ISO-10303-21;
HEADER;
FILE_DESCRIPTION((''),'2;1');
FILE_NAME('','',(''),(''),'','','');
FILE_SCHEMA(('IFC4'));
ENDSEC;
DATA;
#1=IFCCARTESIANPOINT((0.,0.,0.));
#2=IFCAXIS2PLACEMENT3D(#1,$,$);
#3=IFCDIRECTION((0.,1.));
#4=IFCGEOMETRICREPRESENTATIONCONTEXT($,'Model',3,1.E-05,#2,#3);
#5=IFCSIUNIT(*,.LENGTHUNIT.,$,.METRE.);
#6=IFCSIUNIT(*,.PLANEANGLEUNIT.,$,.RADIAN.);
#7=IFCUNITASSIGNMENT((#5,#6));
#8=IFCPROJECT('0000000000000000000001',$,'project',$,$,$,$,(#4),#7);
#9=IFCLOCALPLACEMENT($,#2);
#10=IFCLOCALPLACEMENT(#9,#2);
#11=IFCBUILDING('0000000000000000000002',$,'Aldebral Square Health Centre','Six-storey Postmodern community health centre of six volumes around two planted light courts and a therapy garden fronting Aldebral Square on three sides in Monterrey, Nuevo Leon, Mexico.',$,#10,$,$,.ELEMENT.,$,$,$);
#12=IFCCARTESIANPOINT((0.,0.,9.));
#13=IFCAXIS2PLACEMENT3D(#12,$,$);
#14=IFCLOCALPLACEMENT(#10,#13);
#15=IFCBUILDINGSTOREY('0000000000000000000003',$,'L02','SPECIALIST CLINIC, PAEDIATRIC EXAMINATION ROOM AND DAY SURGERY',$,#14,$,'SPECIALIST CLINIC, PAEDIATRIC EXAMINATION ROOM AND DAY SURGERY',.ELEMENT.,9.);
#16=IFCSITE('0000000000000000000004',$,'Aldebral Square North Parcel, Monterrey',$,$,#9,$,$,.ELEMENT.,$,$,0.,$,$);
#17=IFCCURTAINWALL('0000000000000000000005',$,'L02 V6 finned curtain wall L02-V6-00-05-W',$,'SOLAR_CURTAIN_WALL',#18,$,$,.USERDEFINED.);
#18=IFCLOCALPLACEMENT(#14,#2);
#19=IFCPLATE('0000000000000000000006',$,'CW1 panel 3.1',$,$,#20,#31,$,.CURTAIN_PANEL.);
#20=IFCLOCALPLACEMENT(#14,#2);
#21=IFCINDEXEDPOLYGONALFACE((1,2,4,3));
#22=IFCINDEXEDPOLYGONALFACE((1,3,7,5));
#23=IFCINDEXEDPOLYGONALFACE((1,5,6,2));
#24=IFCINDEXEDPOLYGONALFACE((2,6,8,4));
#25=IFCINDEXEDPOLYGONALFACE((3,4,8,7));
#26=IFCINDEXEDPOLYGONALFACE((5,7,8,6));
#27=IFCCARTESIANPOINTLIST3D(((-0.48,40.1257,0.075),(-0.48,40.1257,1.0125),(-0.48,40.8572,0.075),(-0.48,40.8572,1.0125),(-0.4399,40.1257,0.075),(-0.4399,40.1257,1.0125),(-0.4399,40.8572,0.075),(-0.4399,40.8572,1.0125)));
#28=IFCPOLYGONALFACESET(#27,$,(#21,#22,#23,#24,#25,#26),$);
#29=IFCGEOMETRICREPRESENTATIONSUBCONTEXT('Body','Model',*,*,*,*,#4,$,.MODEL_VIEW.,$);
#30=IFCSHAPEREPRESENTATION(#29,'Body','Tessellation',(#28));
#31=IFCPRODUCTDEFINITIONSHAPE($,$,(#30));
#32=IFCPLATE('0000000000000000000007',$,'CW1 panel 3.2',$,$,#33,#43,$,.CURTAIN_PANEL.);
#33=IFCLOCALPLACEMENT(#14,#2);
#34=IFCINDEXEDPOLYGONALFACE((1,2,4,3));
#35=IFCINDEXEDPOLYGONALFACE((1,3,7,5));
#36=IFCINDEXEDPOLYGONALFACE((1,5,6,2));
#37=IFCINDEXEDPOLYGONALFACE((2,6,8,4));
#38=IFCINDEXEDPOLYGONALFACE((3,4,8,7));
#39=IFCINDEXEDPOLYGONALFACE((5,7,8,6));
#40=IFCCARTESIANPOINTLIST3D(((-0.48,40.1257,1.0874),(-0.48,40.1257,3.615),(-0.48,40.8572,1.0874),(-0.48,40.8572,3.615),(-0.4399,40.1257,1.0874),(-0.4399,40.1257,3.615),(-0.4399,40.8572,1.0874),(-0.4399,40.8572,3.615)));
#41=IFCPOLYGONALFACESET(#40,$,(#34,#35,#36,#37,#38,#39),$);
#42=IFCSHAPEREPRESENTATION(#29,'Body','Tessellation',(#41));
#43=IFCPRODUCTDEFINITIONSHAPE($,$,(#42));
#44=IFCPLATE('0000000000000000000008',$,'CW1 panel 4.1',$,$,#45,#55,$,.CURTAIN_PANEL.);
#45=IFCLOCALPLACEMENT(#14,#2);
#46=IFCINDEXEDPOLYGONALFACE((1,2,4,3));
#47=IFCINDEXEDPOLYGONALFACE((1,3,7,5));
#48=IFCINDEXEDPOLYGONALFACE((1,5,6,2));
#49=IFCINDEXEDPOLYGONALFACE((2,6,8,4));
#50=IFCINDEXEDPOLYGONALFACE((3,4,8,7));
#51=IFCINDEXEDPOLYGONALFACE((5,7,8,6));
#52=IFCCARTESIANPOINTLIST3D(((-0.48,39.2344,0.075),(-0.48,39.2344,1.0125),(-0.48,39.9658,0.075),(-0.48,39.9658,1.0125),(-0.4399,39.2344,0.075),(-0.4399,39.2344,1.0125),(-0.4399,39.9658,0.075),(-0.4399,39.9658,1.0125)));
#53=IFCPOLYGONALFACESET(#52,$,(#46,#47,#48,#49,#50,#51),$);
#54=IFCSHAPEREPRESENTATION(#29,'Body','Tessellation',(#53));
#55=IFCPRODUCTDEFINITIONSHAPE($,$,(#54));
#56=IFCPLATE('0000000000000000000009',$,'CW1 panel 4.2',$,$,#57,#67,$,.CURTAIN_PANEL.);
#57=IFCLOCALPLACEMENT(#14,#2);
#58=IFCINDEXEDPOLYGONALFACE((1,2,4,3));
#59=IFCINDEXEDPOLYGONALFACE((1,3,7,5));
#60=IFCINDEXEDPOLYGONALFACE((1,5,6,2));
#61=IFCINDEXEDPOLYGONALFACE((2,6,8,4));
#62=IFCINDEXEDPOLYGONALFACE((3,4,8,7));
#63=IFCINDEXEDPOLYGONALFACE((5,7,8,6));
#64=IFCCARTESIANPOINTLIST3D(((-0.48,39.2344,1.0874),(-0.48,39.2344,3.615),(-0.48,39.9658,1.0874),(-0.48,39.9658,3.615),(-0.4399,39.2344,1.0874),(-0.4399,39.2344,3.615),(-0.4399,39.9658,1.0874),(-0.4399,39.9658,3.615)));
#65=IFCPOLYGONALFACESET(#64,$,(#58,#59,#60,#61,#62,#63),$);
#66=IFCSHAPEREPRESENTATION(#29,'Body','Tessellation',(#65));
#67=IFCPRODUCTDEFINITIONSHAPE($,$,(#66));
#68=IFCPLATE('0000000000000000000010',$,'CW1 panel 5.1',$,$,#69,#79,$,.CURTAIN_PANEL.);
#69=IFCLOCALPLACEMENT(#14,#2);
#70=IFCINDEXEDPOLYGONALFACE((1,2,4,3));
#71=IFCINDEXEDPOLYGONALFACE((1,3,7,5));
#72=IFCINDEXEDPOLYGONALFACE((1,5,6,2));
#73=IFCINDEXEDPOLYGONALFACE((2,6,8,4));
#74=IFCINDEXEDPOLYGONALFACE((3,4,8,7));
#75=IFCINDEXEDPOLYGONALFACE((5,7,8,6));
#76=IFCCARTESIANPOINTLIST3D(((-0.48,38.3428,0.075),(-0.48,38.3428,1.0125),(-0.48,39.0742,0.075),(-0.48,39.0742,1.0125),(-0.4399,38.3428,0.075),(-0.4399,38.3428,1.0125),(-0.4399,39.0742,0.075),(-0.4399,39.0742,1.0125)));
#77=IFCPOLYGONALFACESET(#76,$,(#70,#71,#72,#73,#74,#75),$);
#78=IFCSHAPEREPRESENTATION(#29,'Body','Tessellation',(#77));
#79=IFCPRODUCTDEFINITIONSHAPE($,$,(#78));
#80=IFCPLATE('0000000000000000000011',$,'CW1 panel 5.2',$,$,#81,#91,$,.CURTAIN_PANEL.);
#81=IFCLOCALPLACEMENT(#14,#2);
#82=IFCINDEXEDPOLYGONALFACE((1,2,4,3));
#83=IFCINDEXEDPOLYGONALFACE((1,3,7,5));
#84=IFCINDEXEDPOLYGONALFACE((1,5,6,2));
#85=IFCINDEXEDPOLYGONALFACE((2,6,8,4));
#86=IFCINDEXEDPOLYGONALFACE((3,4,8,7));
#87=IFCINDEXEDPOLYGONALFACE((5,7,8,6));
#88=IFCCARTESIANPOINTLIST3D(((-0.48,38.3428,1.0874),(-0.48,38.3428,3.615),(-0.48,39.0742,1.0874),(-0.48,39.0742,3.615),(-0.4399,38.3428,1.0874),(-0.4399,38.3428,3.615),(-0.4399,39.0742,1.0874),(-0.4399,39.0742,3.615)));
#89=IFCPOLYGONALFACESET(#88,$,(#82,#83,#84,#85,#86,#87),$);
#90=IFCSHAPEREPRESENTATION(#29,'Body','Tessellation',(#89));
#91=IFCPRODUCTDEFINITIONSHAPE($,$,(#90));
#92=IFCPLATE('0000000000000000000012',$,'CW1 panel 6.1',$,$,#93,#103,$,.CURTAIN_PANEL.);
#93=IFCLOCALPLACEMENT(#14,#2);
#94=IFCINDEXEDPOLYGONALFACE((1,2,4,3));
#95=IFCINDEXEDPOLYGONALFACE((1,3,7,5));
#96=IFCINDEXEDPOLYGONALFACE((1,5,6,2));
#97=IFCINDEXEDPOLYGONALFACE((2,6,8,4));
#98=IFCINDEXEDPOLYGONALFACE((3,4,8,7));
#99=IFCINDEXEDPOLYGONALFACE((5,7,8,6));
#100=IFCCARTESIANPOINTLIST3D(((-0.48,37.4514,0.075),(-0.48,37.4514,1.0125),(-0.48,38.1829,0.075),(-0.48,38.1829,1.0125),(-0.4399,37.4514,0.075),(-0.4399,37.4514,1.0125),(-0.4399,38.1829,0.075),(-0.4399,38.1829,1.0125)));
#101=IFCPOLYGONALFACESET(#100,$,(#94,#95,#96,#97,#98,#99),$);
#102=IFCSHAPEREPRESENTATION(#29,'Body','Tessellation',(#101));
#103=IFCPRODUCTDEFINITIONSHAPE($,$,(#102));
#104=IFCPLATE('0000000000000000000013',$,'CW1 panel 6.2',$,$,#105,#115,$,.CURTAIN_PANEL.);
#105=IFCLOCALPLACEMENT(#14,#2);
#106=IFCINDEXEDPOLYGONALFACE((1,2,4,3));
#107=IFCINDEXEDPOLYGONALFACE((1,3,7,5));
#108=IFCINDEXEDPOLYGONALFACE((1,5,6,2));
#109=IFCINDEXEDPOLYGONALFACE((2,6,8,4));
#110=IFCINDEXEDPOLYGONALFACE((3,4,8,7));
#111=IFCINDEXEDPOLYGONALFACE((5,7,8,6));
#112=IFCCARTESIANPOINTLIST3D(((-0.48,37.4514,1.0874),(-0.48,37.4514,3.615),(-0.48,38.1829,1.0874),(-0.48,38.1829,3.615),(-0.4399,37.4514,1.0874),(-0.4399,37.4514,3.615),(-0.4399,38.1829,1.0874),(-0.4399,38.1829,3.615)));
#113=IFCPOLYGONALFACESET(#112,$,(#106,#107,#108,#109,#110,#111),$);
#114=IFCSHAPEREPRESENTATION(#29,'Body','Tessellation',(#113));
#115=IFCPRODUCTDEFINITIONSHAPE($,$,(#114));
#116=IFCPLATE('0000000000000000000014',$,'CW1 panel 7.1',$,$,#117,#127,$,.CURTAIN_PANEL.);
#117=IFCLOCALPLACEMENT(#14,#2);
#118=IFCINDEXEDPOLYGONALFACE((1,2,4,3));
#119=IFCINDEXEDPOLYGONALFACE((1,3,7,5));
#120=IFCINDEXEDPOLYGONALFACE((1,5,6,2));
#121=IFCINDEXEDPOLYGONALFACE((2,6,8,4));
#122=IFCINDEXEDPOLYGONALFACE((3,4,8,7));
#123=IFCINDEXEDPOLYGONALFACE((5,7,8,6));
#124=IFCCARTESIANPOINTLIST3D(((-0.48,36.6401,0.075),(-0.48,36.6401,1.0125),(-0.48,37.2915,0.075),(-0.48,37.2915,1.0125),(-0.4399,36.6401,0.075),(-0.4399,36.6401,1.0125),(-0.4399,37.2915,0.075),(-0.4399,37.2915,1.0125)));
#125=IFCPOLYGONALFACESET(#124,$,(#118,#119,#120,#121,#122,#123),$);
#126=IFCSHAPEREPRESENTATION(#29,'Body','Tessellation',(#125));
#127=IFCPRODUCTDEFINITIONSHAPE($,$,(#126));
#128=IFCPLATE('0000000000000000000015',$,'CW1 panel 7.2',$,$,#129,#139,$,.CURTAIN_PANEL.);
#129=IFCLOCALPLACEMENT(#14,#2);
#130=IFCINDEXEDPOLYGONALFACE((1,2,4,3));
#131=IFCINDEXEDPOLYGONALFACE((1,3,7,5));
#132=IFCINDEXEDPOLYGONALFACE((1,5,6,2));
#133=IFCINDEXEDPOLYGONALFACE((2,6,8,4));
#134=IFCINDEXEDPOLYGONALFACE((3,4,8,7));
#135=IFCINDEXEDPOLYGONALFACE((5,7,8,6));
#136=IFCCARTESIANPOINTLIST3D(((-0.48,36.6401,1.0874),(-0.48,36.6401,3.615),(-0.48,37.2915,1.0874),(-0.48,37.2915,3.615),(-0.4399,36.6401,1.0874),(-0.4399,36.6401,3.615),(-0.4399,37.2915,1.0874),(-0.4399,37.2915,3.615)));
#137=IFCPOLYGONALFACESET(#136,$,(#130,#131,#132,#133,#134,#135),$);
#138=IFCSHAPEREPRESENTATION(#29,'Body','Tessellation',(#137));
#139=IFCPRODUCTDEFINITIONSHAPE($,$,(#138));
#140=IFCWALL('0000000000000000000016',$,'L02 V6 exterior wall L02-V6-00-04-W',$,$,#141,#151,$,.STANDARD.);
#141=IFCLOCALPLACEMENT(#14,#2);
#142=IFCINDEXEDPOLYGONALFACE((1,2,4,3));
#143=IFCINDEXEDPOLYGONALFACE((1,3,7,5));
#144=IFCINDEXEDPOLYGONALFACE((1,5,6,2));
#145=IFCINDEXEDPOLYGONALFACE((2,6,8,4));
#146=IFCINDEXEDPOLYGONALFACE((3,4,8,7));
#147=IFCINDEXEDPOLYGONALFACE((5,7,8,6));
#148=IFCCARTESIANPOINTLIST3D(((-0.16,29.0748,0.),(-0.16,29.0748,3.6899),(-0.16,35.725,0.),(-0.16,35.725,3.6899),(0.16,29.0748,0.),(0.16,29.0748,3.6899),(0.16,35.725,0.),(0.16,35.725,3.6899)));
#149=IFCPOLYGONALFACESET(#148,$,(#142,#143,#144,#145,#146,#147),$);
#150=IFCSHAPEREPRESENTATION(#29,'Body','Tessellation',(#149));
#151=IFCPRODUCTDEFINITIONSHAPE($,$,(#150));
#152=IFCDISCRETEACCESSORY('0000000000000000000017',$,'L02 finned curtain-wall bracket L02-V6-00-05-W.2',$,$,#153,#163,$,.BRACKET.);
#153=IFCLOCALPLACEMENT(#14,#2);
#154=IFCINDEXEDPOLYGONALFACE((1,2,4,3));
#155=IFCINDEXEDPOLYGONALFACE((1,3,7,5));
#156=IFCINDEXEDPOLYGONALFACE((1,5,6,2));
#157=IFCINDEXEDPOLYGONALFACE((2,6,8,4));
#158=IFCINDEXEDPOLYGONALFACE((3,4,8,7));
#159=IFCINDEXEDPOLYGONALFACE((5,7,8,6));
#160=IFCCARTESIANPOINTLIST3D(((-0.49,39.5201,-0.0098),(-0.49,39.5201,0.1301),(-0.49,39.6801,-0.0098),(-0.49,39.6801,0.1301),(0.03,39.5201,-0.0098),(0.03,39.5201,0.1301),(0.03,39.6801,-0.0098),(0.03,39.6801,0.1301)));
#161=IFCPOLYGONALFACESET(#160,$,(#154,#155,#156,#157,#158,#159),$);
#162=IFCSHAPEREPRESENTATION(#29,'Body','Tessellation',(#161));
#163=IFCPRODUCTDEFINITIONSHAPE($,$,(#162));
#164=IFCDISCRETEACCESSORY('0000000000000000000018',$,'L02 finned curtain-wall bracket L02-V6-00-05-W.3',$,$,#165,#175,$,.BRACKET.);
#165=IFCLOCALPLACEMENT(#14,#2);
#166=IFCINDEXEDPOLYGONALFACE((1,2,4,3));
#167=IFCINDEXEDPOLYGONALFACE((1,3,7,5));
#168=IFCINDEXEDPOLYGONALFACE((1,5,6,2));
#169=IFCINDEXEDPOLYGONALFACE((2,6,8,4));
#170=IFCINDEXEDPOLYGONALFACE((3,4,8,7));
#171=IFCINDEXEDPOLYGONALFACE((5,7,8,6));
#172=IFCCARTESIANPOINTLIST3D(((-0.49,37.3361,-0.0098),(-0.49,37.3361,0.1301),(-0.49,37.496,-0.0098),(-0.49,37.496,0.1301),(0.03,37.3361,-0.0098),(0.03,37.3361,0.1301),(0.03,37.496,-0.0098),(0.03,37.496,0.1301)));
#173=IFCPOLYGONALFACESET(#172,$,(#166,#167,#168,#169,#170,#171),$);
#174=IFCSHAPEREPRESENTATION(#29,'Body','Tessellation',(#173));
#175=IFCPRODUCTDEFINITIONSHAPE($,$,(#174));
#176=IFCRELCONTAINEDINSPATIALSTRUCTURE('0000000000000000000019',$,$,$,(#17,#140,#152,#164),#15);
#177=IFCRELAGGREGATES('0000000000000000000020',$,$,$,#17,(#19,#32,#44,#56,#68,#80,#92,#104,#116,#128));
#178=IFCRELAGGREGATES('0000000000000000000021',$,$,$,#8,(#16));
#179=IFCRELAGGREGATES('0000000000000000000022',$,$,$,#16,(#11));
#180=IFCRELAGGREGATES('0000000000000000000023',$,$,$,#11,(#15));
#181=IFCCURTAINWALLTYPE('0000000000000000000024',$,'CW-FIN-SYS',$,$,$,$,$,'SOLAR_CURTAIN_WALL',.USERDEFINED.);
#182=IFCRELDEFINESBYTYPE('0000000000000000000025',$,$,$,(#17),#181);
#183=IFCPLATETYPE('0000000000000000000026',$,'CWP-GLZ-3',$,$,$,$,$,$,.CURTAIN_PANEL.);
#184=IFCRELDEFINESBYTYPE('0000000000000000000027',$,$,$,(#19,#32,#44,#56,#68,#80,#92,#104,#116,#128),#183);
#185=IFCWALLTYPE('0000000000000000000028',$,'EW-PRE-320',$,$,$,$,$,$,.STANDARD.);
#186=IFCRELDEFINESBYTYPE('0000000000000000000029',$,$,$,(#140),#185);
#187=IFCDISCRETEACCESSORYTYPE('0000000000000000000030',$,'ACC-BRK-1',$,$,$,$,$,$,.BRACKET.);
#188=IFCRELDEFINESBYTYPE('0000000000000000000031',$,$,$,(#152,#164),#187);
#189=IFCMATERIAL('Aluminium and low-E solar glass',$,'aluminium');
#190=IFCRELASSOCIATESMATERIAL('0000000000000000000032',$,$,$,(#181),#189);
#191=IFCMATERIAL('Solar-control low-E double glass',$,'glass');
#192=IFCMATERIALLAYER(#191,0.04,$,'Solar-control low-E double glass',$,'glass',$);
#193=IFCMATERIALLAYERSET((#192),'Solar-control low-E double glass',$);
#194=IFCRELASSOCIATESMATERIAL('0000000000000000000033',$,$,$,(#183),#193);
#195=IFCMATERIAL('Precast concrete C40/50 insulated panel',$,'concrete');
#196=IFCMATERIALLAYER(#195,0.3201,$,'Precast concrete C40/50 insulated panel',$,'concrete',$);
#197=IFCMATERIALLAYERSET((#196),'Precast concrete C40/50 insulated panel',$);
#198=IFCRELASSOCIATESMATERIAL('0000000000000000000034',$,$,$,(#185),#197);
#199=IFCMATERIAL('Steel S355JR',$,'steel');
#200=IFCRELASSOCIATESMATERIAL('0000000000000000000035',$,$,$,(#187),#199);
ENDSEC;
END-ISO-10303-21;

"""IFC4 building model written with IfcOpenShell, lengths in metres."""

from ifc_helpers import new_model, si_unit, direction, frame, frame_2d, origin, origin_2d, place, context, subcontext, project, spatial, rectangle, extrude, material, layer, layer_set, type_object, element, aggregate, save


model = new_model("IFC4")

# Units and contexts
model_context = context("Model", 3, precision=1e-05, world=origin(), true_north=direction((0.0, 1.0)))
body_context = subcontext(model_context, "Body", "Model", "MODEL_VIEW")
ifc_project = project(units=[si_unit("LENGTHUNIT", "METRE"), si_unit("PLANEANGLEUNIT", "RADIAN")], contexts=[model_context])

# Site, building, storey
site_placement = place(None, origin())
site = spatial("IfcSite", under=ifc_project, at=site_placement, Name="Aldebral Square North Parcel, Monterrey", CompositionType="ELEMENT", RefElevation=0.0)
building_placement = place(site_placement, origin())
building = spatial("IfcBuilding", under=site, at=building_placement, Name="Aldebral Square Health Centre", Description="Six-storey Postmodern community health centre of six volumes around two planted light courts and a therapy garden fronting Aldebral Square on three sides in Monterrey, Nuevo Leon, Mexico.", CompositionType="ELEMENT")
storey_placement = place(building_placement, frame((0.0, 0.0, 9.0)))
storey = spatial("IfcBuildingStorey", under=building, at=storey_placement, Name="L02", Description="SPECIALIST CLINIC, PAEDIATRIC EXAMINATION ROOM AND DAY SURGERY", LongName="SPECIALIST CLINIC, PAEDIATRIC EXAMINATION ROOM AND DAY SURGERY", CompositionType="ELEMENT", Elevation=9.0)

# Curtain wall, plates
ifc_material_1 = material(Name="Aluminium and low-E solar glass", Category="aluminium")
curtain_wall_type = type_object("IfcCurtainWallType", Name="CW-FIN-SYS", ElementType="SOLAR_CURTAIN_WALL", PredefinedType="USERDEFINED", material=ifc_material_1)
curtain_wall_placement = place(storey_placement, origin())
curtain_wall = element("IfcCurtainWall", 1, at=curtain_wall_placement, inside=storey, type_object=curtain_wall_type, Name="L02 V6 finned curtain wall L02-V6-00-05-W", ObjectType="SOLAR_CURTAIN_WALL", PredefinedType="USERDEFINED")
ifc_material_2 = material(Name="Solar-control low-E double glass", Category="glass")
ifc_layer_1 = layer(ifc_material_2, 0.04, Name="Solar-control low-E double glass", Category="glass")
ifc_layer_set_1 = layer_set([ifc_layer_1], Name="Solar-control low-E double glass")
plate_type = type_object("IfcPlateType", Name="CWP-GLZ-3", PredefinedType="CURTAIN_PANEL", material=ifc_layer_set_1)
plate_1_placement = place(storey_placement, frame((-0.46, 40.4915, 0.075), z_axis=(0.0, 0.0, 1.0), x_axis=(0.0, -1.0, 0.0)))
plate_1 = element("IfcPlate", 2, at=plate_1_placement, type_object=plate_type, Name="CW1 panel 3.1", PredefinedType="CURTAIN_PANEL", context=body_context, shape_type="SweptSolid", body=[
    extrude(rectangle(XDim=0.7314, YDim=0.04, at=origin_2d()), origin(), (0.0, 0.0, 1.0), 0.9375),
])
plate_2_placement = place(storey_placement, frame((-0.46, 40.4915, 1.0874), z_axis=(0.0, 0.0, 1.0), x_axis=(0.0, -1.0, 0.0)))
plate_2 = element("IfcPlate", 3, at=plate_2_placement, type_object=plate_type, Name="CW1 panel 3.2", PredefinedType="CURTAIN_PANEL", context=body_context, shape_type="SweptSolid", body=[
    extrude(rectangle(XDim=0.7314, YDim=0.04, at=origin_2d()), origin(), (0.0, 0.0, 1.0), 2.5276),
])
plate_3_placement = place(storey_placement, frame((-0.46, 39.6001, 0.075), z_axis=(0.0, 0.0, 1.0), x_axis=(0.0, -1.0, 0.0)))
plate_3 = element("IfcPlate", 4, at=plate_3_placement, type_object=plate_type, Name="CW1 panel 4.1", PredefinedType="CURTAIN_PANEL", context=body_context, shape_type="SweptSolid", body=[
    extrude(rectangle(XDim=0.7314, YDim=0.04, at=origin_2d()), origin(), (0.0, 0.0, 1.0), 0.9375),
])
plate_4_placement = place(storey_placement, frame((-0.46, 39.6001, 1.0874), z_axis=(0.0, 0.0, 1.0), x_axis=(0.0, -1.0, 0.0)))
plate_4 = element("IfcPlate", 5, at=plate_4_placement, type_object=plate_type, Name="CW1 panel 4.2", PredefinedType="CURTAIN_PANEL", context=body_context, shape_type="SweptSolid", body=[
    extrude(rectangle(XDim=0.7314, YDim=0.04, at=origin_2d()), origin(), (0.0, 0.0, 1.0), 2.5276),
])
plate_5_placement = place(storey_placement, frame((-0.46, 38.7085, 0.075), z_axis=(0.0, 0.0, 1.0), x_axis=(0.0, -1.0, 0.0)))
plate_5 = element("IfcPlate", 6, at=plate_5_placement, type_object=plate_type, Name="CW1 panel 5.1", PredefinedType="CURTAIN_PANEL", context=body_context, shape_type="SweptSolid", body=[
    extrude(rectangle(XDim=0.7314, YDim=0.04, at=origin_2d()), origin(), (0.0, 0.0, 1.0), 0.9375),
])
plate_6_placement = place(storey_placement, frame((-0.46, 38.7085, 1.0874), z_axis=(0.0, 0.0, 1.0), x_axis=(0.0, -1.0, 0.0)))
plate_6 = element("IfcPlate", 7, at=plate_6_placement, type_object=plate_type, Name="CW1 panel 5.2", PredefinedType="CURTAIN_PANEL", context=body_context, shape_type="SweptSolid", body=[
    extrude(rectangle(XDim=0.7314, YDim=0.04, at=origin_2d()), origin(), (0.0, 0.0, 1.0), 2.5276),
])
plate_7_placement = place(storey_placement, frame((-0.46, 37.8171, 0.075), z_axis=(0.0, 0.0, 1.0), x_axis=(0.0, -1.0, 0.0)))
plate_7 = element("IfcPlate", 8, at=plate_7_placement, type_object=plate_type, Name="CW1 panel 6.1", PredefinedType="CURTAIN_PANEL", context=body_context, shape_type="SweptSolid", body=[
    extrude(rectangle(XDim=0.7314, YDim=0.04, at=origin_2d()), origin(), (0.0, 0.0, 1.0), 0.9375),
])
plate_8_placement = place(storey_placement, frame((-0.46, 37.8171, 1.0874), z_axis=(0.0, 0.0, 1.0), x_axis=(0.0, -1.0, 0.0)))
plate_8 = element("IfcPlate", 9, at=plate_8_placement, type_object=plate_type, Name="CW1 panel 6.2", PredefinedType="CURTAIN_PANEL", context=body_context, shape_type="SweptSolid", body=[
    extrude(rectangle(XDim=0.7314, YDim=0.04, at=origin_2d()), origin(), (0.0, 0.0, 1.0), 2.5276),
])
plate_9_placement = place(storey_placement, frame((-0.46, 36.9658, 0.075), z_axis=(0.0, 0.0, 1.0), x_axis=(0.0, -1.0, 0.0)))
plate_9 = element("IfcPlate", 10, at=plate_9_placement, type_object=plate_type, Name="CW1 panel 7.1", PredefinedType="CURTAIN_PANEL", context=body_context, shape_type="SweptSolid", body=[
    extrude(rectangle(XDim=0.6514, YDim=0.04, at=origin_2d()), origin(), (0.0, 0.0, 1.0), 0.9375),
])
plate_10_placement = place(storey_placement, frame((-0.46, 36.9658, 1.0874), z_axis=(0.0, 0.0, 1.0), x_axis=(0.0, -1.0, 0.0)))
plate_10 = element("IfcPlate", 11, at=plate_10_placement, type_object=plate_type, Name="CW1 panel 7.2", PredefinedType="CURTAIN_PANEL", context=body_context, shape_type="SweptSolid", body=[
    extrude(rectangle(XDim=0.6514, YDim=0.04, at=origin_2d()), origin(), (0.0, 0.0, 1.0), 2.5276),
])
aggregate(curtain_wall, [plate_1, plate_2, plate_3, plate_4, plate_5, plate_6, plate_7, plate_8, plate_9, plate_10])

# Wall
ifc_material_3 = material(Name="Precast concrete C40/50 insulated panel", Category="concrete")
ifc_layer_2 = layer(ifc_material_3, 0.3201, Name="Precast concrete C40/50 insulated panel", Category="concrete")
ifc_layer_set_2 = layer_set([ifc_layer_2], Name="Precast concrete C40/50 insulated panel")
wall_type = type_object("IfcWallType", Name="EW-PRE-320", PredefinedType="STANDARD", material=ifc_layer_set_2)
wall_placement = place(storey_placement, frame((0.0, 35.7251, 0.0), z_axis=(0.0, 0.0, 1.0), x_axis=(0.0, -1.0, 0.0)))
element("IfcWall", 12, at=wall_placement, inside=storey, type_object=wall_type, Name="L02 V6 exterior wall L02-V6-00-04-W", PredefinedType="STANDARD", context=body_context, shape_type="SweptSolid", body=[
    extrude(rectangle(XDim=6.6501, YDim=0.3201, at=frame_2d((3.3252, 0.0))), origin(), (0.0, 0.0, 1.0), 3.6899),
])

# Discrete accessories
ifc_material_4 = material(Name="Steel S355JR", Category="steel")
discrete_accessory_type = type_object("IfcDiscreteAccessoryType", Name="ACC-BRK-1", PredefinedType="BRACKET", material=ifc_material_4)
for number, where, z_axis, x_axis, name in (
    (13, (-0.23, 39.6001, -0.0098), (0.0, 0.0, 1.0), (0.0, 1.0, 0.0), "L02 finned curtain-wall bracket L02-V6-00-05-W.2"),
    (14, (-0.23, 37.416, -0.0098), (0.0, 0.0, 1.0), (0.0, 1.0, 0.0), "L02 finned curtain-wall bracket L02-V6-00-05-W.3"),
):
    element("IfcDiscreteAccessory", number, at=place(storey_placement, frame(where, z_axis=z_axis, x_axis=x_axis)), inside=storey, type_object=discrete_accessory_type, Name=name, PredefinedType="BRACKET", context=body_context, shape_type="SweptSolid", body=[
        extrude(rectangle(XDim=0.1599, YDim=0.52, at=origin_2d()), origin(), (0.0, 0.0, 1.0), 0.1399),
    ])

save(model, "model.ifc")
